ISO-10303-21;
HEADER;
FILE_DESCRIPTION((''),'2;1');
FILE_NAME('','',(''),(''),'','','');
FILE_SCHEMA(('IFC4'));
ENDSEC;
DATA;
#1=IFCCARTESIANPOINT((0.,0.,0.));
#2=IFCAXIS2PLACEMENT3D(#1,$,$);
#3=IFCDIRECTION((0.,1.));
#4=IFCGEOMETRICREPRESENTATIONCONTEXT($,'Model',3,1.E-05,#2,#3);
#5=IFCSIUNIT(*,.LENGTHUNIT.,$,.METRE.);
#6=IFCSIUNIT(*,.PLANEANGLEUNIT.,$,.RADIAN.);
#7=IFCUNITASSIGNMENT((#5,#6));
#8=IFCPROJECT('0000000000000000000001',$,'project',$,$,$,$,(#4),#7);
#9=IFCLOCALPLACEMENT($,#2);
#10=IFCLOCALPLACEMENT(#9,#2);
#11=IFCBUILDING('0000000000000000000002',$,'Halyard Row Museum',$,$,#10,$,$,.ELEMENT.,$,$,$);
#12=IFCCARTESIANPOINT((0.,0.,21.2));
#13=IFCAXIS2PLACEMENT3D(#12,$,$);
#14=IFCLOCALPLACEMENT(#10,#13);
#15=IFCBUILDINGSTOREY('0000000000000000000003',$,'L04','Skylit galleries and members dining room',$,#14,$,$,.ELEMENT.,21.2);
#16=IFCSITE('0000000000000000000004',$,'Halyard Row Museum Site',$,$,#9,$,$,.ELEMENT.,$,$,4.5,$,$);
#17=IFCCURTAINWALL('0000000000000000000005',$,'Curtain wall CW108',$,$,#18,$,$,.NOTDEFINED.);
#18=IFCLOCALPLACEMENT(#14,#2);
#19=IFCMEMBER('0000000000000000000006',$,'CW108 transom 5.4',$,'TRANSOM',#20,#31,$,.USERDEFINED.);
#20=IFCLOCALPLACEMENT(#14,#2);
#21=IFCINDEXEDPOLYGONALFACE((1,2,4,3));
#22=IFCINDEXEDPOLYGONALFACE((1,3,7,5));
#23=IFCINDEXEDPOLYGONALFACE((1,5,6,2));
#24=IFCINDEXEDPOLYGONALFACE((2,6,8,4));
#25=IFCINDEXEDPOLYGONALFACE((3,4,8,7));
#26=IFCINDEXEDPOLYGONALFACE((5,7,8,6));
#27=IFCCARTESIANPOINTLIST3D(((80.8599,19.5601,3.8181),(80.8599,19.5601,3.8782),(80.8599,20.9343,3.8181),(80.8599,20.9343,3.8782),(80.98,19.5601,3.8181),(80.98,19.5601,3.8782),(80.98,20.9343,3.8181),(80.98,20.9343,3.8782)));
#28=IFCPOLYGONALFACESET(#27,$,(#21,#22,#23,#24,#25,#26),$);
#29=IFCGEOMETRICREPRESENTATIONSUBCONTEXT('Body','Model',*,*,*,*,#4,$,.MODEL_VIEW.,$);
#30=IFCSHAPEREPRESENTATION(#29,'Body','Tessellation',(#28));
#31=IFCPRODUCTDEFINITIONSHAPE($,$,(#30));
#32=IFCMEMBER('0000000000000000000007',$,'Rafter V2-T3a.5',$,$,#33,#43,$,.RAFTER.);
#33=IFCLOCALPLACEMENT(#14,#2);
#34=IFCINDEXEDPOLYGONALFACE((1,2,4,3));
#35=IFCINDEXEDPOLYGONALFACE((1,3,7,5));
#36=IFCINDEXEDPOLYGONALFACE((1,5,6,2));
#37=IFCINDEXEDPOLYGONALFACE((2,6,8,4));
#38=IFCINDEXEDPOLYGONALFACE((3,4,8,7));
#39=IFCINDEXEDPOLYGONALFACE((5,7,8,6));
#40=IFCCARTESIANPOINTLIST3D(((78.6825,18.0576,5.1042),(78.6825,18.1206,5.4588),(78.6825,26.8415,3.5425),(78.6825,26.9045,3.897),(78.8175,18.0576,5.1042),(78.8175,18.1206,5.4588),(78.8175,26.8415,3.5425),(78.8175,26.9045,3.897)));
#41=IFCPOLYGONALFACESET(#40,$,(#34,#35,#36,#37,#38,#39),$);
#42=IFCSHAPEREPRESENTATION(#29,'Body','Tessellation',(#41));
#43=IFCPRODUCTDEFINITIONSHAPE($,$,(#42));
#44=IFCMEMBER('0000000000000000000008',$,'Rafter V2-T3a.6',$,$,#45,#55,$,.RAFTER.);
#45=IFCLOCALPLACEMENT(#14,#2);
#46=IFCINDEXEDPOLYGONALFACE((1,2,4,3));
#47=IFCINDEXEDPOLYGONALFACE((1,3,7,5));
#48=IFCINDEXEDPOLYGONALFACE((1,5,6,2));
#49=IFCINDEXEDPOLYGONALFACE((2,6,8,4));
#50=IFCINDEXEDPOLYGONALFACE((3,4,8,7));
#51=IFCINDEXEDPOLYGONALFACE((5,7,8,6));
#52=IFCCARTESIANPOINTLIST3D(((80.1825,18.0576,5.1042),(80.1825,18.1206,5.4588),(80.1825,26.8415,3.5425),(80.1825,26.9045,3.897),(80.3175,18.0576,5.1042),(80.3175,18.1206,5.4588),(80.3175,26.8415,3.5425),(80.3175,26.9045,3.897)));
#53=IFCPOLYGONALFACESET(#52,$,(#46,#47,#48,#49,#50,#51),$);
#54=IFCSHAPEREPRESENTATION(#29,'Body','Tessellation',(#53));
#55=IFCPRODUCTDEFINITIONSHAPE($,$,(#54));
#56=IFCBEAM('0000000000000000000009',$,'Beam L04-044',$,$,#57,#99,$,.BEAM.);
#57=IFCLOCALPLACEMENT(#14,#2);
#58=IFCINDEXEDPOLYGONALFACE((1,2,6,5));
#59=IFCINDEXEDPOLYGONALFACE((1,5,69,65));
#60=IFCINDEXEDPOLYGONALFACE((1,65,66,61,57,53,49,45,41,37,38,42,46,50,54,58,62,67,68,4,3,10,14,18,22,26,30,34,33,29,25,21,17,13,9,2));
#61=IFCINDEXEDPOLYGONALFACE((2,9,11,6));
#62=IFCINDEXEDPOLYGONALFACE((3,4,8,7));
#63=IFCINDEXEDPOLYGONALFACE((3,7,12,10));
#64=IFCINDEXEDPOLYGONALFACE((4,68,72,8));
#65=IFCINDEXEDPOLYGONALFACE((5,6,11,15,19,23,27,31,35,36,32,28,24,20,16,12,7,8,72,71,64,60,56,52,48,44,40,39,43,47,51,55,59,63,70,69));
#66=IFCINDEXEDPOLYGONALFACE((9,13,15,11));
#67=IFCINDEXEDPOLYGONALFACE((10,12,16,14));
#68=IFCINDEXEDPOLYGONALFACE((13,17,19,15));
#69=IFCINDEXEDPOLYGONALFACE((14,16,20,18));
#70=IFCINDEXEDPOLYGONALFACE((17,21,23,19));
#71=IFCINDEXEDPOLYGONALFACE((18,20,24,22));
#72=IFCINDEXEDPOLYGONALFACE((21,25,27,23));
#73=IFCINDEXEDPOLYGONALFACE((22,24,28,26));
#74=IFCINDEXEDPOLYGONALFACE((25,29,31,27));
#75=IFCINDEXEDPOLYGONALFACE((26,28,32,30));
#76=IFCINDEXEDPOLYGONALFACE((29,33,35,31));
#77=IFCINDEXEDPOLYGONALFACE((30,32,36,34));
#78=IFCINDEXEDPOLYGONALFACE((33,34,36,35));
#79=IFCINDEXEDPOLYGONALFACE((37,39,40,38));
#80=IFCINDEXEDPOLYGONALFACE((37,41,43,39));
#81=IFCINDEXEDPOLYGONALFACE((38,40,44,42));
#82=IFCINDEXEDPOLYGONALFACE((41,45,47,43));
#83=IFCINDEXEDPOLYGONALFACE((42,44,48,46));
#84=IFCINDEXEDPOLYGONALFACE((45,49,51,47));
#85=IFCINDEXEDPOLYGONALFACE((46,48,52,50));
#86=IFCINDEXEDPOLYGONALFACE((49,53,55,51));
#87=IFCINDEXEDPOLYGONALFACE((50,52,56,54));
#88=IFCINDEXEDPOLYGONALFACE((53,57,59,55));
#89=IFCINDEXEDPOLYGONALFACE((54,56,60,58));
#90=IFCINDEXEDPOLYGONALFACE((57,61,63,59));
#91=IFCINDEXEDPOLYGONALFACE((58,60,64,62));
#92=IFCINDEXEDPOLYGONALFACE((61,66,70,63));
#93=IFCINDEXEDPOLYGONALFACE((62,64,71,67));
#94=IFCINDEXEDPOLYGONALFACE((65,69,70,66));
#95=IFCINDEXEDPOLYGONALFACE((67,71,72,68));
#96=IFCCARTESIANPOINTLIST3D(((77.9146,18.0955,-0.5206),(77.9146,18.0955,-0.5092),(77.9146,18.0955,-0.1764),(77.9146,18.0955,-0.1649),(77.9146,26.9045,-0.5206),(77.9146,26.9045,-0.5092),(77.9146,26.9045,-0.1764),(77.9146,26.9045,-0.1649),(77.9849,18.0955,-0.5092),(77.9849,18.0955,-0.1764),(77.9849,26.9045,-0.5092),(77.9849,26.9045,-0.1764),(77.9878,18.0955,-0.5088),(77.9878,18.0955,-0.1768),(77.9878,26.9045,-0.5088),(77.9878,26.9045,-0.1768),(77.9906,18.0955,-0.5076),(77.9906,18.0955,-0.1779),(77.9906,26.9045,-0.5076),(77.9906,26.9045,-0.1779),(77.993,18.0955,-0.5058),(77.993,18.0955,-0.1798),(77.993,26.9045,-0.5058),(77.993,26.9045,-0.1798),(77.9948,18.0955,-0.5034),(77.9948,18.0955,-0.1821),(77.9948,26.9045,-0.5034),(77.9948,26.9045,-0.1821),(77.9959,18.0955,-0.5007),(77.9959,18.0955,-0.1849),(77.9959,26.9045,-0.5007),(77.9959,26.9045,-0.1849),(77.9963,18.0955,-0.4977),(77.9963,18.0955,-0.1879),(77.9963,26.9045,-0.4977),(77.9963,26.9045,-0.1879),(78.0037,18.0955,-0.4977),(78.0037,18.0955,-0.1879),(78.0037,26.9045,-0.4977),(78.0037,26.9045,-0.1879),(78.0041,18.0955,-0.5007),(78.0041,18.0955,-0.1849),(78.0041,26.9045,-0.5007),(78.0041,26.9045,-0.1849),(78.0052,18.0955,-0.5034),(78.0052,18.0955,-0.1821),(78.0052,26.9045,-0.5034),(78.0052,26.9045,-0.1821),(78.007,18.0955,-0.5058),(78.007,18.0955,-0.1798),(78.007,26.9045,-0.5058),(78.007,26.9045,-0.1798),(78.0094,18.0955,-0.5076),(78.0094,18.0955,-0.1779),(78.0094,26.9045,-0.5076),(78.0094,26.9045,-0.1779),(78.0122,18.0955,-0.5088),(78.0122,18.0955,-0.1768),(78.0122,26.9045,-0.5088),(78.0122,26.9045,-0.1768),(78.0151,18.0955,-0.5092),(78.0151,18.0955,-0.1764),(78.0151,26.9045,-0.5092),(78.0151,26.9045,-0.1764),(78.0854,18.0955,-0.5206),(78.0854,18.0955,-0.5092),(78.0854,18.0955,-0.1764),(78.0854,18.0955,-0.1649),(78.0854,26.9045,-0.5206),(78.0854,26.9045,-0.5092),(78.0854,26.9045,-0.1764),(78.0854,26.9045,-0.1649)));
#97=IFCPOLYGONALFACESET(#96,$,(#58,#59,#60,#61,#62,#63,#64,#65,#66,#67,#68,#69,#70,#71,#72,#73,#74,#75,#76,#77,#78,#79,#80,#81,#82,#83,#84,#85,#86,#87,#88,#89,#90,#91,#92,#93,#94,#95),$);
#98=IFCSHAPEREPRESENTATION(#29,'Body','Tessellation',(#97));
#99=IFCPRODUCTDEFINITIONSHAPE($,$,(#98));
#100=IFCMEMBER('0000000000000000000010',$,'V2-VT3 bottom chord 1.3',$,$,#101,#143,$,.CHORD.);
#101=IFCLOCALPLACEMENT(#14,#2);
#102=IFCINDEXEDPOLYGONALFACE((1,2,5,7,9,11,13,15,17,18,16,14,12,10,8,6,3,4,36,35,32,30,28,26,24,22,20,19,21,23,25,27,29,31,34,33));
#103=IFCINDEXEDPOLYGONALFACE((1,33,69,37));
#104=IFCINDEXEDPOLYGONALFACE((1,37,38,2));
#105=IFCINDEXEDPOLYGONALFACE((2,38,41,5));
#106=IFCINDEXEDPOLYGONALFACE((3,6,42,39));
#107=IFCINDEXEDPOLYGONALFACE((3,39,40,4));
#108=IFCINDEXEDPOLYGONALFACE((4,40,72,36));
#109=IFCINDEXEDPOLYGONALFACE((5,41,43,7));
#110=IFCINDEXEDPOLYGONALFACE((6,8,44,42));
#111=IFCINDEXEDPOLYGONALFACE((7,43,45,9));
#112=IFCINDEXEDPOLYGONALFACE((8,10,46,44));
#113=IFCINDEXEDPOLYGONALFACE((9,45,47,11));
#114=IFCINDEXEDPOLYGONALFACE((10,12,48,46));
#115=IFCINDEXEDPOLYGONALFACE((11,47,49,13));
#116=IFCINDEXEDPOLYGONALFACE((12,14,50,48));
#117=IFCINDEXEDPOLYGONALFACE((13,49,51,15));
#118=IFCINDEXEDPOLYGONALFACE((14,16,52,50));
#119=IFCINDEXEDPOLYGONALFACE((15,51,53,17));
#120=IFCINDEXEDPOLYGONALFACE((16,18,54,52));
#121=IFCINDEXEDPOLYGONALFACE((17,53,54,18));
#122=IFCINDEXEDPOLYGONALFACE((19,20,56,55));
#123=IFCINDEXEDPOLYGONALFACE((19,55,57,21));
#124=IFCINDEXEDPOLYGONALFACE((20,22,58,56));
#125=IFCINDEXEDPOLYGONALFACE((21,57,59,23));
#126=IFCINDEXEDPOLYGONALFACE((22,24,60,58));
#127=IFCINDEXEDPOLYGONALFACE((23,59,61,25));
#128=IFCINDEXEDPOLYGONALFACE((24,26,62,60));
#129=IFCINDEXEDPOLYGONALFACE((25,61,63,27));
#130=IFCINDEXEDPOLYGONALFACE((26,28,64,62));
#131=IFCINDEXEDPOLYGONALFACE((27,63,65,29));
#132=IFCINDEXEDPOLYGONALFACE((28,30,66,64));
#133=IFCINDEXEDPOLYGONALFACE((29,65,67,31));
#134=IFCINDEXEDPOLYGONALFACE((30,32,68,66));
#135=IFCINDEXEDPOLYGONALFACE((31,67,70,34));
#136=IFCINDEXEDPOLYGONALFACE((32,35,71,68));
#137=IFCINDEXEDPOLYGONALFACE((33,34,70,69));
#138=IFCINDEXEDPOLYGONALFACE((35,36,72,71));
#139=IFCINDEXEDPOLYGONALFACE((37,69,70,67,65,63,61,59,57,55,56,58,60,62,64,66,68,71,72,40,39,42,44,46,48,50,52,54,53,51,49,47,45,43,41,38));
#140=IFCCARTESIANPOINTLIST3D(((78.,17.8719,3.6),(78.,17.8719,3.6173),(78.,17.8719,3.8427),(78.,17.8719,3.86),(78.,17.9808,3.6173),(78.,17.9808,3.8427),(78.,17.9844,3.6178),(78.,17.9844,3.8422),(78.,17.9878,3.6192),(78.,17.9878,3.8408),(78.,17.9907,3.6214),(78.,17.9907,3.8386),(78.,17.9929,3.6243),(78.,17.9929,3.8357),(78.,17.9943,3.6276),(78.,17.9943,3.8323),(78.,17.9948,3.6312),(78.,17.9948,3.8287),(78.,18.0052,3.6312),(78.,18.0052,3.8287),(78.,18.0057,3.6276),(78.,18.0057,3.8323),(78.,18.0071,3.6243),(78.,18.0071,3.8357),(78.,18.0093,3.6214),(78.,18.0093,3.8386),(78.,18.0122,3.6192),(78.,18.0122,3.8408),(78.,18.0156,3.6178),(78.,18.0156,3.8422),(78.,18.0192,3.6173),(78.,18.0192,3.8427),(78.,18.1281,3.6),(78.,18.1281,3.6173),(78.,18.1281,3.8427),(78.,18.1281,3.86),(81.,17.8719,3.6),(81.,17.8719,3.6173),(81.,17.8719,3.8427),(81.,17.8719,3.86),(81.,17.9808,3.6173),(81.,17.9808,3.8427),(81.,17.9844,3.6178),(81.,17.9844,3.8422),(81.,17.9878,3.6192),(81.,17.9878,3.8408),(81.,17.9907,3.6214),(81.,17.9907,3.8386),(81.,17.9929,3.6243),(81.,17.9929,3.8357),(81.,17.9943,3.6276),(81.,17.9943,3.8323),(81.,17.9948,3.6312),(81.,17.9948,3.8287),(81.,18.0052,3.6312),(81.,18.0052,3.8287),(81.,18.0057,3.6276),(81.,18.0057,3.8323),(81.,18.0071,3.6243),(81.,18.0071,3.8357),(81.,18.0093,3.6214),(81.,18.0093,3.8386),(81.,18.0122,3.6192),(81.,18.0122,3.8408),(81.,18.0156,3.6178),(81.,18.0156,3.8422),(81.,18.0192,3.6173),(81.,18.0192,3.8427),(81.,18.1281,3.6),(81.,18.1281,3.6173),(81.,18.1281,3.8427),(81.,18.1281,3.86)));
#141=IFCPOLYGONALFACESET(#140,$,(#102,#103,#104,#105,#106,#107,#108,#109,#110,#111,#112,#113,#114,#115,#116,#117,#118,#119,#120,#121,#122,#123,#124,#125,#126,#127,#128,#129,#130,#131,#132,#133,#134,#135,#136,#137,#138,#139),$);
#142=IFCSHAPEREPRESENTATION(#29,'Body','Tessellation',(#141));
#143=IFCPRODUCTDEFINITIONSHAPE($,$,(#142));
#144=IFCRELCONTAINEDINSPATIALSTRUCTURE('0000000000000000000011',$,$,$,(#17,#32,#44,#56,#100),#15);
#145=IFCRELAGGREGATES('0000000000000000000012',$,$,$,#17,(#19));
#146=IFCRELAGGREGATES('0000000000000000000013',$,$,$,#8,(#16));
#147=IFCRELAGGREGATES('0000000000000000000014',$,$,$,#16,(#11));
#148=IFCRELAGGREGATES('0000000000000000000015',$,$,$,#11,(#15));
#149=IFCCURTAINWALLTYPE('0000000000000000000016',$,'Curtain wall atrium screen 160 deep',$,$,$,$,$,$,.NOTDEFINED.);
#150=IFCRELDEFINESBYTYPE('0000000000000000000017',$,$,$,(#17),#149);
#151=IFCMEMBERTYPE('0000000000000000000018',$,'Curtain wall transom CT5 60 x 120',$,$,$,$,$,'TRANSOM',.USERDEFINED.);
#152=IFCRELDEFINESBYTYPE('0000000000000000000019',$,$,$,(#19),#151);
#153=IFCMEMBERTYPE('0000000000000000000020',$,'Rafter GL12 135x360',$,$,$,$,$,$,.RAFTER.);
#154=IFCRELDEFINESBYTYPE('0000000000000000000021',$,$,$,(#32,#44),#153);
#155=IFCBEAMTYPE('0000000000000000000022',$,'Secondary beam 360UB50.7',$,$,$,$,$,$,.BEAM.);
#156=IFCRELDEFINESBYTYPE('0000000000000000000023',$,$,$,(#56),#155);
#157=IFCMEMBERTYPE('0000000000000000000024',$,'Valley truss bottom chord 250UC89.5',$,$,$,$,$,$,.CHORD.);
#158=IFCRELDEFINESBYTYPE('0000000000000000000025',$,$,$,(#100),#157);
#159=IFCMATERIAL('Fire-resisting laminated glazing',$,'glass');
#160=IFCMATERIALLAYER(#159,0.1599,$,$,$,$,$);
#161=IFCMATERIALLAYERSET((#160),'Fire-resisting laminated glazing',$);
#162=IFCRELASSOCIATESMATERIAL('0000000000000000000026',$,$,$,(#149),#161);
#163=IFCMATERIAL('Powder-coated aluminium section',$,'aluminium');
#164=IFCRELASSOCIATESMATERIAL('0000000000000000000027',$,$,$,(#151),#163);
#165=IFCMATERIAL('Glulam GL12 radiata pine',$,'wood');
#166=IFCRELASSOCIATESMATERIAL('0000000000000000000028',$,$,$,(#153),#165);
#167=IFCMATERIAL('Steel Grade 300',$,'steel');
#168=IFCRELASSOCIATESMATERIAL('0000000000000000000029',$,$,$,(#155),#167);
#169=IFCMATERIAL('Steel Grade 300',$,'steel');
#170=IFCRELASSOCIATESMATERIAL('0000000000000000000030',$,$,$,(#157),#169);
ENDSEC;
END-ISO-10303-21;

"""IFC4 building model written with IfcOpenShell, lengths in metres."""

from ifc_helpers import new_model, si_unit, direction, frame, origin, origin_2d, place, context, subcontext, project, spatial, rectangle, i_section, extrude, material, layer, layer_set, material_profile, profile_set, type_object, element, aggregate, save


model = new_model("IFC4")

# Units and contexts
model_context = context("Model", 3, precision=1e-05, world=origin(), true_north=direction((0.0, 1.0)))
body_context = subcontext(model_context, "Body", "Model", "MODEL_VIEW")
ifc_project = project(units=[si_unit("LENGTHUNIT", "METRE"), si_unit("PLANEANGLEUNIT", "RADIAN")], contexts=[model_context])

# Site, building, storey
site_placement = place(None, origin())
site = spatial("IfcSite", under=ifc_project, at=site_placement, Name="Halyard Row Museum Site", CompositionType="ELEMENT", RefElevation=4.5)
building_placement = place(site_placement, origin())
building = spatial("IfcBuilding", under=site, at=building_placement, Name="Halyard Row Museum", CompositionType="ELEMENT")
storey_placement = place(building_placement, frame((0.0, 0.0, 21.2)))
storey = spatial("IfcBuildingStorey", under=building, at=storey_placement, Name="L04", Description="Skylit galleries and members dining room", CompositionType="ELEMENT", Elevation=21.2)

# Curtain wall, member
ifc_material_1 = material(Name="Fire-resisting laminated glazing", Category="glass")
ifc_layer_1 = layer(ifc_material_1, 0.1599)
ifc_layer_set_1 = layer_set([ifc_layer_1], Name="Fire-resisting laminated glazing")
curtain_wall_type = type_object("IfcCurtainWallType", Name="Curtain wall atrium screen 160 deep", PredefinedType="NOTDEFINED", material=ifc_layer_set_1)
curtain_wall_placement = place(storey_placement, origin())
curtain_wall = element("IfcCurtainWall", 1, at=curtain_wall_placement, inside=storey, type_object=curtain_wall_type, Name="Curtain wall CW108", PredefinedType="NOTDEFINED")
ifc_material_2 = material(Name="Powder-coated aluminium section", Category="aluminium")
ifc_material_profile_1 = material_profile(ifc_material_2, rectangle(XDim=0.1201, YDim=0.0601, at=origin_2d()), Name="120x60 transom")
ifc_profile_set_1 = profile_set([ifc_material_profile_1], Name="Powder-coated aluminium section")
member_type_1 = type_object("IfcMemberType", Name="Curtain wall transom CT5 60 x 120", ElementType="TRANSOM", PredefinedType="USERDEFINED", material=ifc_profile_set_1)
member_1_placement = place(storey_placement, frame((80.9199, 20.9343, 3.8481), z_axis=(0.0, -1.0, 0.0), x_axis=(1.0, 0.0, 0.0)))
member_1 = element("IfcMember", 2, at=member_1_placement, type_object=member_type_1, Name="CW108 transom 5.4", ObjectType="TRANSOM", PredefinedType="USERDEFINED", context=body_context, shape_type="SweptSolid", body=[
    extrude(rectangle(XDim=0.1201, YDim=0.0601, at=origin_2d()), origin(), (0.0, 0.0, 1.0), 1.3743),
])

# Members
ifc_material_3 = material(Name="Glulam GL12 radiata pine", Category="wood")
ifc_material_profile_2 = material_profile(ifc_material_3, rectangle(XDim=0.135, YDim=0.3601, at=origin_2d()), Name="GL12 135x360")
ifc_profile_set_2 = profile_set([ifc_material_profile_2], Name="Glulam GL12 radiata pine")
member_type_2 = type_object("IfcMemberType", Name="Rafter GL12 135x360", PredefinedType="RAFTER", material=ifc_profile_set_2)
for number, where, z_axis, x_axis, name in (
    (3, (78.75, 18.0891, 5.2815), (0.0, 0.984559, -0.175053), (-1.0, 0.0, 0.0), "Rafter V2-T3a.5"),
    (4, (80.25, 18.0891, 5.2815), (0.0, 0.984559, -0.175053), (-1.0, 0.0, 0.0), "Rafter V2-T3a.6"),
):
    element("IfcMember", number, at=place(storey_placement, frame(where, z_axis=z_axis, x_axis=x_axis)), inside=storey, type_object=member_type_2, Name=name, PredefinedType="RAFTER", context=body_context, shape_type="SweptSolid", body=[
        extrude(rectangle(XDim=0.135, YDim=0.3601, at=origin_2d()), origin(), (0.0, 0.0, 1.0), 8.9216),
    ])

# Beam
ifc_material_4 = material(Name="Steel Grade 300", Category="steel")
ifc_material_profile_3 = material_profile(ifc_material_4, i_section(OverallWidth=0.1709, OverallDepth=0.3557, WebThickness=0.0073, FlangeThickness=0.0115, FilletRadius=0.0115, at=origin_2d()), Name="360UB50.7")
ifc_profile_set_3 = profile_set([ifc_material_profile_3], Name="Steel Grade 300")
beam_type = type_object("IfcBeamType", Name="Secondary beam 360UB50.7", PredefinedType="BEAM", material=ifc_profile_set_3)
beam_placement = place(storey_placement, frame((78.0, 18.0955, -0.3428), z_axis=(0.0, 1.0, 0.0), x_axis=(-1.0, 0.0, 0.0)))
element("IfcBeam", 5, at=beam_placement, inside=storey, type_object=beam_type, Name="Beam L04-044", PredefinedType="BEAM", context=body_context, shape_type="SweptSolid", body=[
    extrude(i_section(OverallWidth=0.1709, OverallDepth=0.3557, WebThickness=0.0073, FlangeThickness=0.0115, FilletRadius=0.0115, at=origin_2d()), origin(), (0.0, 0.0, 1.0), 8.8091),
])

# Member
ifc_material_5 = material(Name="Steel Grade 300", Category="steel")
ifc_material_profile_4 = material_profile(ifc_material_5, i_section(OverallWidth=0.2561, OverallDepth=0.26, WebThickness=0.0105, FlangeThickness=0.0173, FilletRadius=0.0139, at=origin_2d()), Name="250UC89.5")
ifc_profile_set_4 = profile_set([ifc_material_profile_4], Name="Steel Grade 300")
member_type_3 = type_object("IfcMemberType", Name="Valley truss bottom chord 250UC89.5", PredefinedType="CHORD", material=ifc_profile_set_4)
member_2_placement = place(storey_placement, frame((78.0, 18.0, 3.73), z_axis=(1.0, 0.0, 0.0), x_axis=(0.0, 1.0, 0.0)))
element("IfcMember", 6, at=member_2_placement, inside=storey, type_object=member_type_3, Name="V2-VT3 bottom chord 1.3", PredefinedType="CHORD", context=body_context, shape_type="SweptSolid", body=[
    extrude(i_section(OverallWidth=0.2561, OverallDepth=0.26, WebThickness=0.0105, FlangeThickness=0.0173, FilletRadius=0.0139, at=origin_2d()), origin(), (0.0, 0.0, 1.0), 3.0),
])

aggregate(curtain_wall, [member_1])

save(model, "model.ifc")
